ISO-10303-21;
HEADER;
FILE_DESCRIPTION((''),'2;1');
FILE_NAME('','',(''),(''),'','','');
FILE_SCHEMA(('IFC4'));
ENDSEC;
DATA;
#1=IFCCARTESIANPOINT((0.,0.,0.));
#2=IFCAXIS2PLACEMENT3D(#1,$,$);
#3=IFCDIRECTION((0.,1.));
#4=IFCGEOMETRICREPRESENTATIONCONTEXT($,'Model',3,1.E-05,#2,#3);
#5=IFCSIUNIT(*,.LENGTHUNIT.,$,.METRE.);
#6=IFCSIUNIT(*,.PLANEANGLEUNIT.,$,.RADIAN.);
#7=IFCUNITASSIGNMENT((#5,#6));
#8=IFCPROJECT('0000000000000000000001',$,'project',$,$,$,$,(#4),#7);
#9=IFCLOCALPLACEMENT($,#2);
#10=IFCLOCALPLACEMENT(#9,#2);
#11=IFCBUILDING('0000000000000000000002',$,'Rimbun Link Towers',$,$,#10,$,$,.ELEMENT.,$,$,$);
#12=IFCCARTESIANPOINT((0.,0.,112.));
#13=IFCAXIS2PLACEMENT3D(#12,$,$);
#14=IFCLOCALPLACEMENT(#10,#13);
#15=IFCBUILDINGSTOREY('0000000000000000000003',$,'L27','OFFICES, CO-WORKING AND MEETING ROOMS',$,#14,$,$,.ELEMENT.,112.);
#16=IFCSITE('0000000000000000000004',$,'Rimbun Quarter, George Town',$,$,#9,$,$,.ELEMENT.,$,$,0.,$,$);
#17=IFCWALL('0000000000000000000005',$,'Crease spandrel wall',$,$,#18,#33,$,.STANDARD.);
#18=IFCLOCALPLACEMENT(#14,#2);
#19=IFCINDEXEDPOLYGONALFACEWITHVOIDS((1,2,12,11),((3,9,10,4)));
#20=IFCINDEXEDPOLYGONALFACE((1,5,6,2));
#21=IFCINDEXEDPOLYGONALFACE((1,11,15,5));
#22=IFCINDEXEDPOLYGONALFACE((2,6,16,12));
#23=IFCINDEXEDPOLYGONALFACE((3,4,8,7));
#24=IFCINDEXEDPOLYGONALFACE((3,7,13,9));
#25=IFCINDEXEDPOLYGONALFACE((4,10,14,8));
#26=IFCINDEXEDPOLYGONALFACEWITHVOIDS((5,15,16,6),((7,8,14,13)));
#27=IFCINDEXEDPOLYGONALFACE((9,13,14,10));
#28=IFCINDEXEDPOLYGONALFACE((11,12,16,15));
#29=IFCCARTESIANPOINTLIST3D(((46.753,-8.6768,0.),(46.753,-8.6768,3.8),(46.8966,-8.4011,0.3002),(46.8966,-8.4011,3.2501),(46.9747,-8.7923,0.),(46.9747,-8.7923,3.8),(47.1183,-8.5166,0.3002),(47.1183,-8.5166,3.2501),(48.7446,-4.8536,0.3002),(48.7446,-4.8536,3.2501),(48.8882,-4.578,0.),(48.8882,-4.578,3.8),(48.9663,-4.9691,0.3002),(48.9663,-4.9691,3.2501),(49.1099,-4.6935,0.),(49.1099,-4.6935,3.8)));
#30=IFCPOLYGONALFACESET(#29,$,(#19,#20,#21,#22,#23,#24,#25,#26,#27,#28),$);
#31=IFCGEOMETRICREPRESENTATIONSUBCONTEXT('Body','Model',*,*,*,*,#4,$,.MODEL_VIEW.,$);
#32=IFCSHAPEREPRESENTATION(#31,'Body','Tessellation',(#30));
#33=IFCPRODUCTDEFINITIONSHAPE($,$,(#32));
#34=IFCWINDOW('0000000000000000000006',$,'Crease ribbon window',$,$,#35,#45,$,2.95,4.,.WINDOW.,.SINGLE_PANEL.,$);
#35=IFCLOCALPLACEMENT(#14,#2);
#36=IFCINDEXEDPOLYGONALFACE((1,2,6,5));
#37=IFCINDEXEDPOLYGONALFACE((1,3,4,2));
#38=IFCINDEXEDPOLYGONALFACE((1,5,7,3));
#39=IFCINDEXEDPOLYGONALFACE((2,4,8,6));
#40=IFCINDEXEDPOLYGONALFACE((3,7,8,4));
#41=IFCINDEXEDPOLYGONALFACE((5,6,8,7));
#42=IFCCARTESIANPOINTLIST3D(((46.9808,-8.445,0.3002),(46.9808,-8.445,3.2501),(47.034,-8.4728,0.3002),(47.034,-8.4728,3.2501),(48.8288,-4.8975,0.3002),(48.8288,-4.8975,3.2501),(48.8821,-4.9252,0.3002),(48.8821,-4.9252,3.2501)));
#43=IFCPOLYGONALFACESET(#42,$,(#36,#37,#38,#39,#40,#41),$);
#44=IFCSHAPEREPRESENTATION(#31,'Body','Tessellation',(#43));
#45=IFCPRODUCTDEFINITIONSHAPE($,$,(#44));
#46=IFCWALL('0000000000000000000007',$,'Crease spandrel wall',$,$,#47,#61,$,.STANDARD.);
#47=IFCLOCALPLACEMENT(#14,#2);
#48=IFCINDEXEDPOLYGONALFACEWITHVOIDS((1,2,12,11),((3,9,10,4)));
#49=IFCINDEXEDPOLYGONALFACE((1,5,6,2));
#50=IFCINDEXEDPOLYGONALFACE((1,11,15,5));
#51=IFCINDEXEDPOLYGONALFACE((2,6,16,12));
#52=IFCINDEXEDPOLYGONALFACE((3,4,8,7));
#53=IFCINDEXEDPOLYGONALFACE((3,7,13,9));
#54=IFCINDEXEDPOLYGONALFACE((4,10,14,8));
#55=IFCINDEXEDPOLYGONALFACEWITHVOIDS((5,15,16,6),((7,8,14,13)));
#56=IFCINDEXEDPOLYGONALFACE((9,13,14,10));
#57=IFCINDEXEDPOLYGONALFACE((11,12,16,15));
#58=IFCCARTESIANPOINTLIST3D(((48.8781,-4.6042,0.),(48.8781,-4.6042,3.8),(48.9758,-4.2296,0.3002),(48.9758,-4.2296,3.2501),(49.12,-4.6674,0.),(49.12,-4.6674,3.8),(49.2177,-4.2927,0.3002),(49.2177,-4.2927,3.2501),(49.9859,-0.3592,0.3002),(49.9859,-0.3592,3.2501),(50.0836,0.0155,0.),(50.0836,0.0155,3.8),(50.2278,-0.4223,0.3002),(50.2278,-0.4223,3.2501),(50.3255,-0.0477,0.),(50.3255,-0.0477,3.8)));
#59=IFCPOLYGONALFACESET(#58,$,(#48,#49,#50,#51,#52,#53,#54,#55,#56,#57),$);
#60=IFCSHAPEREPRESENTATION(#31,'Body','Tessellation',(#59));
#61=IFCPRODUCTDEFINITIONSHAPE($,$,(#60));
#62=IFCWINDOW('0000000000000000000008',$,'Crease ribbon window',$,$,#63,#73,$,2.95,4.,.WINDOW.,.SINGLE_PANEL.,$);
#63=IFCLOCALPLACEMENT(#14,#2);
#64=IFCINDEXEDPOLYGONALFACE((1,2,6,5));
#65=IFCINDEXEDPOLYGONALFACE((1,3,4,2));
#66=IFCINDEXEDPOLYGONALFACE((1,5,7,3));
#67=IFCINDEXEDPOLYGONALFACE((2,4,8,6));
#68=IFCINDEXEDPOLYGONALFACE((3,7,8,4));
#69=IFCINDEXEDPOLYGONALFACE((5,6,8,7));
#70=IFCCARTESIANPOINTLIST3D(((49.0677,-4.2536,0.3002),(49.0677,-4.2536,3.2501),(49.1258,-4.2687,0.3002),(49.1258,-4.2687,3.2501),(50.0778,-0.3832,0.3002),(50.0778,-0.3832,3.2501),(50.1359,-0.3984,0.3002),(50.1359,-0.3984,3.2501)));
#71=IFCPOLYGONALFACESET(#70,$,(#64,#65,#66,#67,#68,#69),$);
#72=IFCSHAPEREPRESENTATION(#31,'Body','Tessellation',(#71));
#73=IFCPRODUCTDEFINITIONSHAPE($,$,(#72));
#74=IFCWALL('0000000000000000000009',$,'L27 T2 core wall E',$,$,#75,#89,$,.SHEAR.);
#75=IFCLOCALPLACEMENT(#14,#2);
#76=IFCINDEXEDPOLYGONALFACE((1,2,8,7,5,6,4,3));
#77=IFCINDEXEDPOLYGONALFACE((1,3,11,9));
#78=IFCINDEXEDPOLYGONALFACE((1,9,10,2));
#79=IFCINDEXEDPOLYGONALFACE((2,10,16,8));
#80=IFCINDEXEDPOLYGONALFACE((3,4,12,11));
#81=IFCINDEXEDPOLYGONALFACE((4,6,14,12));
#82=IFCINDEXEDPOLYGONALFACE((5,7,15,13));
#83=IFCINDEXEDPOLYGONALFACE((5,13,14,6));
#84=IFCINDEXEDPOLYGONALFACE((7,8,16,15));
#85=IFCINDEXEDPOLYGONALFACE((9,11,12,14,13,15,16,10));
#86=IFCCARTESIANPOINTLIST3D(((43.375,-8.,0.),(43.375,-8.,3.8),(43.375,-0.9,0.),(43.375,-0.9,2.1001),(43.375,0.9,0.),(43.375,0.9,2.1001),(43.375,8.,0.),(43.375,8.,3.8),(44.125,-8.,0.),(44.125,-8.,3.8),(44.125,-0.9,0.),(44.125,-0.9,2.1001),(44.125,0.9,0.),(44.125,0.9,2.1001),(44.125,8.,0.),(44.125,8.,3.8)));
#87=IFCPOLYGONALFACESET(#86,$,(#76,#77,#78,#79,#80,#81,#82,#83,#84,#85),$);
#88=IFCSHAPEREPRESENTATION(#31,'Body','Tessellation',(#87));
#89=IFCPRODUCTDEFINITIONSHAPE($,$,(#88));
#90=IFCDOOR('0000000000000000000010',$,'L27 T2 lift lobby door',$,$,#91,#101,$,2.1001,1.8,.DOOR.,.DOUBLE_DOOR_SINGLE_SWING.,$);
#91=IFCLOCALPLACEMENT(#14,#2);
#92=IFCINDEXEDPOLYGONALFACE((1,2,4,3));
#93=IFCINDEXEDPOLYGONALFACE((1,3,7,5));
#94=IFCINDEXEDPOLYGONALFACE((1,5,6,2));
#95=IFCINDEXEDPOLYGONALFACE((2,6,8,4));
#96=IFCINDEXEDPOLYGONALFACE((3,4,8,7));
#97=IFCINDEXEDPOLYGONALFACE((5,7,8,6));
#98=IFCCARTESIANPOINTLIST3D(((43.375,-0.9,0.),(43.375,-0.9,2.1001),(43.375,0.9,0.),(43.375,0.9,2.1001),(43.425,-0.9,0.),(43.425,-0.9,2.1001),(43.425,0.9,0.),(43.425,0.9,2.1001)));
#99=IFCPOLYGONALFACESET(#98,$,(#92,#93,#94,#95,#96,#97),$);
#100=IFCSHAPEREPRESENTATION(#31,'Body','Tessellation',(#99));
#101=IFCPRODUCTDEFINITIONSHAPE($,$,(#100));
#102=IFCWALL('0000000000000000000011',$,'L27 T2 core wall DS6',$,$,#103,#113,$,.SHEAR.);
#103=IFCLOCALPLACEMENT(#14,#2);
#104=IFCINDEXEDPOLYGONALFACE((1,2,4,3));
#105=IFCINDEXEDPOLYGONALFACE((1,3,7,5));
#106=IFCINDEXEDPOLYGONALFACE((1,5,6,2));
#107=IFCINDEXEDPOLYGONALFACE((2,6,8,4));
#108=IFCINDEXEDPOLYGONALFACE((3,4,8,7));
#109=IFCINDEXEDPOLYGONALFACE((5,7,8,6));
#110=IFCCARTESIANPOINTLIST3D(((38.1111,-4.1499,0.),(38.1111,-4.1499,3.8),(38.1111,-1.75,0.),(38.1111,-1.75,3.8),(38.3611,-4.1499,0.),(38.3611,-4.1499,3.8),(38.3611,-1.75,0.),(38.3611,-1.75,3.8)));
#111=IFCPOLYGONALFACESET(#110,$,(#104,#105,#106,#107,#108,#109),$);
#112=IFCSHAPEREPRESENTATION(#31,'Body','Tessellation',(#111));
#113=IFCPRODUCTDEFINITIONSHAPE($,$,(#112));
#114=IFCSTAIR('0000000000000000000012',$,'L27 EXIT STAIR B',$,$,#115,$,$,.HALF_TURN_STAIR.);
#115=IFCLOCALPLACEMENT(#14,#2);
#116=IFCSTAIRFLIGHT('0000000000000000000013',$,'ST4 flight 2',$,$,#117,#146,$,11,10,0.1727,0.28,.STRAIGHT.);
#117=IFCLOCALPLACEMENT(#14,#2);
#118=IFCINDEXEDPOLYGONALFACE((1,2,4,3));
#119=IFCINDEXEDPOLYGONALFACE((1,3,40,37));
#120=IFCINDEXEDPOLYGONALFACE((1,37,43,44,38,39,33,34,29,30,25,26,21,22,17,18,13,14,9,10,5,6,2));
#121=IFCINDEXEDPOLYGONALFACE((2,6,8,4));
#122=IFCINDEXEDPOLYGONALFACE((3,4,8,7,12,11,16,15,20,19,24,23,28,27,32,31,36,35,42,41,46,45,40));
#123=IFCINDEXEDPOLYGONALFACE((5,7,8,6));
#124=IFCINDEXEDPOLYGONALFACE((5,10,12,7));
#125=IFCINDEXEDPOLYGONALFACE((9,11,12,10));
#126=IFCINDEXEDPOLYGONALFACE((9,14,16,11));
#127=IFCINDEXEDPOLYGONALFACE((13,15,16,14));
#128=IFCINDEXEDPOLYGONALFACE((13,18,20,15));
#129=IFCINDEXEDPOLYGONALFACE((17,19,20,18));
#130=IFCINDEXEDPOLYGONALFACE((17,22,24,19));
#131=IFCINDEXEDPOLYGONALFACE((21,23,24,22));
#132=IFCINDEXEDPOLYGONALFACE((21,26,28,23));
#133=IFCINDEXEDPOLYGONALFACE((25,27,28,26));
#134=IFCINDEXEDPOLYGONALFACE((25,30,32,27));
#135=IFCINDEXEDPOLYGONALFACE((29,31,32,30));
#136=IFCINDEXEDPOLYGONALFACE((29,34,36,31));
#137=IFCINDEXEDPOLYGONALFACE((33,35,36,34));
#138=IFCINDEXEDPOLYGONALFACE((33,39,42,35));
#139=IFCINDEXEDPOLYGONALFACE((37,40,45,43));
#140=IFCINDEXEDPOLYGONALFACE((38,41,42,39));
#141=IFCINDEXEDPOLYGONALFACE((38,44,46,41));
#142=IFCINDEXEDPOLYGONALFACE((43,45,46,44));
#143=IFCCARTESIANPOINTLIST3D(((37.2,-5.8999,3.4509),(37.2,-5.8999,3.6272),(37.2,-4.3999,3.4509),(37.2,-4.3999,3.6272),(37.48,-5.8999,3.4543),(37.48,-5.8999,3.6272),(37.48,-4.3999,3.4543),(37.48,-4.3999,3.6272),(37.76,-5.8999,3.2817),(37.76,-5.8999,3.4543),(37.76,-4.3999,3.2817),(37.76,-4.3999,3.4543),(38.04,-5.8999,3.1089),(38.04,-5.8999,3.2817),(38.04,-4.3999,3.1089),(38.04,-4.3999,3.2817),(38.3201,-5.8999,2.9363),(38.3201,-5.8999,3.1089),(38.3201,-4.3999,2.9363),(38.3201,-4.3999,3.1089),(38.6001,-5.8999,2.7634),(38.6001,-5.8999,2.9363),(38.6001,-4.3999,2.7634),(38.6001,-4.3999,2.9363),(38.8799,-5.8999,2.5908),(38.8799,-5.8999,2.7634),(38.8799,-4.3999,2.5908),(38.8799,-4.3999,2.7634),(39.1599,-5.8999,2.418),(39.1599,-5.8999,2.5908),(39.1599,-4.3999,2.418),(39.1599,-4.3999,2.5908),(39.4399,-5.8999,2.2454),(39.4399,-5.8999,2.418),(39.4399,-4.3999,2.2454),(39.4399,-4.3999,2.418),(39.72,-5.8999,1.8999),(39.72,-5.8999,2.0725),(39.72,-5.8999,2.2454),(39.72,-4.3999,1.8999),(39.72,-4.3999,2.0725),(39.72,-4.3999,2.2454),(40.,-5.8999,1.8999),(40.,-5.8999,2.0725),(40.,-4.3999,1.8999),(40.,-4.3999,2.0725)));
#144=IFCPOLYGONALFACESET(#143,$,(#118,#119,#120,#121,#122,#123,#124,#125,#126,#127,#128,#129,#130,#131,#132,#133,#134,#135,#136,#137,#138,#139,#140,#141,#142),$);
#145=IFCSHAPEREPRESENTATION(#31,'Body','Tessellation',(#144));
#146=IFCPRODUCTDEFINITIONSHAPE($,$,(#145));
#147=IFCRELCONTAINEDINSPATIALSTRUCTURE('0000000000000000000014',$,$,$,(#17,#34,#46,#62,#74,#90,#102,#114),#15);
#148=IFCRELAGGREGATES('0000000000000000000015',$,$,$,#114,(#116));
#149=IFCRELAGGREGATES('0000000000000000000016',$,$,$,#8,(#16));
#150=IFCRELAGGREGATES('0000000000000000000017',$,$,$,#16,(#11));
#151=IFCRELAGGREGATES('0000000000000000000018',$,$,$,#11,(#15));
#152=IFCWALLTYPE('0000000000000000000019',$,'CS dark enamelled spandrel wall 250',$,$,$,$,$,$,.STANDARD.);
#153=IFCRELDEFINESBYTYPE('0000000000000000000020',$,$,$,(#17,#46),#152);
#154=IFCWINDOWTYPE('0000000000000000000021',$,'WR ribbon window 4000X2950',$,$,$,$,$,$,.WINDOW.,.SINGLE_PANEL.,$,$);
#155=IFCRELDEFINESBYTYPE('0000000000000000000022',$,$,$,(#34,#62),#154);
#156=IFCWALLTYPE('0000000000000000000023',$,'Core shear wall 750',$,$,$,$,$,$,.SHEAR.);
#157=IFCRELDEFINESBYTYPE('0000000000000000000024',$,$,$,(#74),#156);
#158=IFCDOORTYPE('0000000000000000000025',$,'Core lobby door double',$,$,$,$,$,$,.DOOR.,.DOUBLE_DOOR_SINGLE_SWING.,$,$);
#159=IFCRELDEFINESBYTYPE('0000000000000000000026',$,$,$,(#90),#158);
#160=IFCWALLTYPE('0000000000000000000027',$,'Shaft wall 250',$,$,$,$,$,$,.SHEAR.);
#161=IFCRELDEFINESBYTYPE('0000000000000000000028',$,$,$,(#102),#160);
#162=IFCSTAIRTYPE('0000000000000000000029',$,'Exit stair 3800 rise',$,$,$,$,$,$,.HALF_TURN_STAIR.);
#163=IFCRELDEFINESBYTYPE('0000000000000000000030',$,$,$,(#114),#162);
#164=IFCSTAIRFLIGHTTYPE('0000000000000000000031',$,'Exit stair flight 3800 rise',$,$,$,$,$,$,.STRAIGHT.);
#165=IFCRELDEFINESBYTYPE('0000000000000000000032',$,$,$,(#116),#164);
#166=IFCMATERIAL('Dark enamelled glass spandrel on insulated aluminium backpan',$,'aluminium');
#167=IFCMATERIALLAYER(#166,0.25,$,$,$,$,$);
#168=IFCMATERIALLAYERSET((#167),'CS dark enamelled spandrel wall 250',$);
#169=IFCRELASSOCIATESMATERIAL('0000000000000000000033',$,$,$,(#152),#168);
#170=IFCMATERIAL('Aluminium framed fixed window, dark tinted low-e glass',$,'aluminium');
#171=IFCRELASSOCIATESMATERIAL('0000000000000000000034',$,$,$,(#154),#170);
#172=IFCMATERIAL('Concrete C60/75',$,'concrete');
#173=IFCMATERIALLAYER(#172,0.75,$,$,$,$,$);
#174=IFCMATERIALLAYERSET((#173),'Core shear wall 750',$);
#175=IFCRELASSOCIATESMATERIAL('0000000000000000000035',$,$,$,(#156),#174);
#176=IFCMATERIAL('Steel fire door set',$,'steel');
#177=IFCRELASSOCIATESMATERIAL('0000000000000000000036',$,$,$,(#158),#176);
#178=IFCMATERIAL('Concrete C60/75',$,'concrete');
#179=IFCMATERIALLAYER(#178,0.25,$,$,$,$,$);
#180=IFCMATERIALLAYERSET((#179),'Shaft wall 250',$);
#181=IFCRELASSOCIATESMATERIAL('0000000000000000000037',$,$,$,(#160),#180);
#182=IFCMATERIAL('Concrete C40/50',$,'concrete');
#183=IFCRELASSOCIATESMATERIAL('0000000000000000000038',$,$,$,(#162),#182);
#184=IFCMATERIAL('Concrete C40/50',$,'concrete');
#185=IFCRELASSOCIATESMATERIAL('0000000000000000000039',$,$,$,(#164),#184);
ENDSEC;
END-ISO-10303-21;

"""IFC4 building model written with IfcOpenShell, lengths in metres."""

from ifc_helpers import new_model, si_unit, direction, frame, frame_2d, origin, place, context, subcontext, project, spatial, polyline, rectangle, outline, extrude, material, layer, layer_set, type_object, element, fill, aggregate, save


model = new_model("IFC4")

# Units and contexts
model_context = context("Model", 3, precision=1e-05, world=origin(), true_north=direction((0.0, 1.0)))
body_context = subcontext(model_context, "Body", "Model", "MODEL_VIEW")
ifc_project = project(units=[si_unit("LENGTHUNIT", "METRE"), si_unit("PLANEANGLEUNIT", "RADIAN")], contexts=[model_context])

# Site, building, storey
site_placement = place(None, origin())
site = spatial("IfcSite", under=ifc_project, at=site_placement, Name="Rimbun Quarter, George Town", CompositionType="ELEMENT", RefElevation=0.0)
building_placement = place(site_placement, origin())
building = spatial("IfcBuilding", under=site, at=building_placement, Name="Rimbun Link Towers", CompositionType="ELEMENT")
storey_placement = place(building_placement, frame((0.0, 0.0, 112.0)))
storey = spatial("IfcBuildingStorey", under=building, at=storey_placement, Name="L27", Description="OFFICES, CO-WORKING AND MEETING ROOMS", CompositionType="ELEMENT", Elevation=112.0)

# Walls, openings, windows
ifc_material_1 = material(Name="Dark enamelled glass spandrel on insulated aluminium backpan", Category="aluminium")
ifc_layer_1 = layer(ifc_material_1, 0.25)
ifc_layer_set_1 = layer_set([ifc_layer_1], Name="CS dark enamelled spandrel wall 250")
wall_type_1 = type_object("IfcWallType", Name="CS dark enamelled spandrel wall 250", PredefinedType="STANDARD", material=ifc_layer_set_1)
wall_1_placement = place(storey_placement, frame((48.999, -4.6357, 0.0), z_axis=(0.0, 0.0, 1.0), x_axis=(-0.462006, -0.886877, 0.0)))
wall_1 = element("IfcWall", 1, at=wall_1_placement, inside=storey, type_object=wall_type_1, Name="Crease spandrel wall", PredefinedType="STANDARD", context=body_context, shape_type="SweptSolid", body=[
    extrude(rectangle(XDim=4.6216, YDim=0.25, at=frame_2d((2.3108, 0.0))), origin(), (0.0, 0.0, 1.0), 3.8),
])
opening_1_placement = place(wall_1_placement, frame((0.3108, 0.0, 0.3)))
opening_1 = element("IfcOpeningElement", 2, at=opening_1_placement, cuts=wall_1, PredefinedType="OPENING", context=body_context, shape_type="SweptSolid", body=[
    extrude(rectangle(XDim=4.0, YDim=2.95, at=frame_2d((2.0, 1.4751))), frame((0.0, 0.135, 0.0), z_axis=(0.0, -1.0, 0.0), x_axis=(1.0, 0.0, 0.0)), (0.0, 0.0, 1.0), 0.27),
])
ifc_material_2 = material(Name="Aluminium framed fixed window, dark tinted low-e glass", Category="aluminium")
window_type = type_object("IfcWindowType", Name="WR ribbon window 4000X2950", PartitioningType="SINGLE_PANEL", PredefinedType="WINDOW", material=ifc_material_2)
window_1_placement = place(opening_1_placement, origin())
window_1 = element("IfcWindow", 3, at=window_1_placement, inside=storey, type_object=window_type, Name="Crease ribbon window", OverallHeight=2.95, OverallWidth=4.0, PartitioningType="SINGLE_PANEL", PredefinedType="WINDOW", context=body_context, shape_type="SweptSolid", body=[
    extrude(rectangle(XDim=4.0, YDim=2.95, at=frame_2d((2.0, 1.4751))), frame((0.0, 0.03, 0.0), z_axis=(0.0, -1.0, 0.0), x_axis=(1.0, 0.0, 0.0)), (0.0, 0.0, 1.0), 0.0601),
])
fill(opening_1, window_1)
wall_2_placement = place(storey_placement, frame((50.2046, -0.0161, 0.0), z_axis=(0.0, 0.0, 1.0), x_axis=(-0.252509, -0.967594, 0.0)))
wall_2 = element("IfcWall", 4, at=wall_2_placement, inside=storey, type_object=wall_type_1, Name="Crease spandrel wall", PredefinedType="STANDARD", context=body_context, shape_type="SweptSolid", body=[
    extrude(rectangle(XDim=4.7744, YDim=0.25, at=frame_2d((2.3872, 0.0))), origin(), (0.0, 0.0, 1.0), 3.8),
])
opening_2_placement = place(wall_2_placement, frame((0.3872, 0.0, 0.3)))
opening_2 = element("IfcOpeningElement", 5, at=opening_2_placement, cuts=wall_2, PredefinedType="OPENING", context=body_context, shape_type="SweptSolid", body=[
    extrude(rectangle(XDim=4.0, YDim=2.95, at=frame_2d((2.0, 1.4751))), frame((0.0, 0.135, 0.0), z_axis=(0.0, -1.0, 0.0), x_axis=(1.0, 0.0, 0.0)), (0.0, 0.0, 1.0), 0.27),
])
window_2_placement = place(opening_2_placement, origin())
window_2 = element("IfcWindow", 6, at=window_2_placement, inside=storey, type_object=window_type, Name="Crease ribbon window", OverallHeight=2.95, OverallWidth=4.0, PartitioningType="SINGLE_PANEL", PredefinedType="WINDOW", context=body_context, shape_type="SweptSolid", body=[
    extrude(rectangle(XDim=4.0, YDim=2.95, at=frame_2d((2.0, 1.4751))), frame((0.0, 0.03, 0.0), z_axis=(0.0, -1.0, 0.0), x_axis=(1.0, 0.0, 0.0)), (0.0, 0.0, 1.0), 0.0601),
])
fill(opening_2, window_2)

# Wall, opening, door
ifc_material_3 = material(Name="Concrete C60/75", Category="concrete")
ifc_layer_2 = layer(ifc_material_3, 0.75)
ifc_layer_set_2 = layer_set([ifc_layer_2], Name="Core shear wall 750")
wall_type_2 = type_object("IfcWallType", Name="Core shear wall 750", PredefinedType="SHEAR", material=ifc_layer_set_2)
wall_3_placement = place(storey_placement, frame((43.75, -8.0, 0.0), z_axis=(0.0, 0.0, 1.0), x_axis=(0.0, 1.0, 0.0)))
wall_3 = element("IfcWall", 7, at=wall_3_placement, inside=storey, type_object=wall_type_2, Name="L27 T2 core wall E", PredefinedType="SHEAR", context=body_context, shape_type="SweptSolid", body=[
    extrude(rectangle(XDim=16.0, YDim=0.75, at=frame_2d((8.0, 0.0))), origin(), (0.0, 0.0, 1.0), 3.8),
])
opening_3_placement = place(wall_3_placement, frame((7.1001, 0.0, 0.0)))
opening_3 = element("IfcOpeningElement", 8, at=opening_3_placement, cuts=wall_3, PredefinedType="OPENING", context=body_context, shape_type="SweptSolid", body=[
    extrude(rectangle(XDim=1.8, YDim=2.1001, at=frame_2d((0.8999, 1.05))), frame((0.0, 0.385, 0.0), z_axis=(0.0, -1.0, 0.0), x_axis=(1.0, 0.0, 0.0)), (0.0, 0.0, 1.0), 0.77),
])
ifc_material_4 = material(Name="Steel fire door set", Category="steel")
door_type = type_object("IfcDoorType", Name="Core lobby door double", OperationType="DOUBLE_DOOR_SINGLE_SWING", PredefinedType="DOOR", material=ifc_material_4)
door_placement = place(opening_3_placement, origin())
door = element("IfcDoor", 9, at=door_placement, inside=storey, type_object=door_type, Name="L27 T2 lift lobby door", OperationType="DOUBLE_DOOR_SINGLE_SWING", OverallHeight=2.1001, OverallWidth=1.8, PredefinedType="DOOR", context=body_context, shape_type="SweptSolid", body=[
    extrude(rectangle(XDim=1.8, YDim=2.1001, at=frame_2d((0.8999, 1.05))), frame((0.0, 0.375, 0.0), z_axis=(0.0, -1.0, 0.0), x_axis=(1.0, 0.0, 0.0)), (0.0, 0.0, 1.0), 0.05),
])
fill(opening_3, door)

# Wall
ifc_material_5 = material(Name="Concrete C60/75", Category="concrete")
ifc_layer_3 = layer(ifc_material_5, 0.25)
ifc_layer_set_3 = layer_set([ifc_layer_3], Name="Shaft wall 250")
wall_type_3 = type_object("IfcWallType", Name="Shaft wall 250", PredefinedType="SHEAR", material=ifc_layer_set_3)
wall_4_placement = place(storey_placement, frame((38.2361, -4.1499, 0.0), z_axis=(0.0, 0.0, 1.0), x_axis=(0.0, 1.0, 0.0)))
element("IfcWall", 10, at=wall_4_placement, inside=storey, type_object=wall_type_3, Name="L27 T2 core wall DS6", PredefinedType="SHEAR", context=body_context, shape_type="SweptSolid", body=[
    extrude(rectangle(XDim=2.3999, YDim=0.25, at=frame_2d((1.2, 0.0))), origin(), (0.0, 0.0, 1.0), 3.8),
])

# Stair, stair flight
ifc_material_6 = material(Name="Concrete C40/50", Category="concrete")
stair_type = type_object("IfcStairType", Name="Exit stair 3800 rise", PredefinedType="HALF_TURN_STAIR", material=ifc_material_6)
stair_placement = place(storey_placement, origin())
stair = element("IfcStair", 11, at=stair_placement, inside=storey, type_object=stair_type, Name="L27 EXIT STAIR B", PredefinedType="HALF_TURN_STAIR")
ifc_material_7 = material(Name="Concrete C40/50", Category="concrete")
stair_flight_type = type_object("IfcStairFlightType", Name="Exit stair flight 3800 rise", PredefinedType="STRAIGHT", material=ifc_material_7)
stair_flight_placement = place(storey_placement, frame((40.0, -5.1499, 1.8999), z_axis=(0.0, 0.0, 1.0), x_axis=(-1.0, 0.0, 0.0)))
stair_flight = element("IfcStairFlight", 12, at=stair_flight_placement, type_object=stair_flight_type, Name="ST4 flight 2", NumberOfRisers=11, NumberOfTreads=10, PredefinedType="STRAIGHT", RiserHeight=0.1727, TreadLength=0.28, context=body_context, shape_type="SweptSolid", body=[
    extrude(outline(polyline([(0.0, 0.0), (0.0, 0.1726), (0.28, 0.1726), (0.28, 0.3455), (0.5601, 0.3455), (0.5601, 0.5181), (0.8401, 0.5181), (0.8401, 0.6909), (1.1201, 0.6909), (1.1201, 0.8635), (1.3999, 0.8635), (1.3999, 1.0364), (1.6799, 1.0364), (1.6799, 1.209), (1.96, 1.209), (1.96, 1.3818), (2.24, 1.3818), (2.24, 1.5544), (2.52, 1.5544), (2.52, 1.7273), (2.8, 1.7273), (2.8, 1.8999), (2.8, 1.551), (0.28, 0.0), (0.0, 0.0)])), frame((0.0, 0.75, 0.0), z_axis=(0.0, -1.0, 0.0), x_axis=(1.0, 0.0, 0.0)), (0.0, 0.0, 1.0), 1.5),
])
aggregate(stair, [stair_flight])

save(model, "model.ifc")
